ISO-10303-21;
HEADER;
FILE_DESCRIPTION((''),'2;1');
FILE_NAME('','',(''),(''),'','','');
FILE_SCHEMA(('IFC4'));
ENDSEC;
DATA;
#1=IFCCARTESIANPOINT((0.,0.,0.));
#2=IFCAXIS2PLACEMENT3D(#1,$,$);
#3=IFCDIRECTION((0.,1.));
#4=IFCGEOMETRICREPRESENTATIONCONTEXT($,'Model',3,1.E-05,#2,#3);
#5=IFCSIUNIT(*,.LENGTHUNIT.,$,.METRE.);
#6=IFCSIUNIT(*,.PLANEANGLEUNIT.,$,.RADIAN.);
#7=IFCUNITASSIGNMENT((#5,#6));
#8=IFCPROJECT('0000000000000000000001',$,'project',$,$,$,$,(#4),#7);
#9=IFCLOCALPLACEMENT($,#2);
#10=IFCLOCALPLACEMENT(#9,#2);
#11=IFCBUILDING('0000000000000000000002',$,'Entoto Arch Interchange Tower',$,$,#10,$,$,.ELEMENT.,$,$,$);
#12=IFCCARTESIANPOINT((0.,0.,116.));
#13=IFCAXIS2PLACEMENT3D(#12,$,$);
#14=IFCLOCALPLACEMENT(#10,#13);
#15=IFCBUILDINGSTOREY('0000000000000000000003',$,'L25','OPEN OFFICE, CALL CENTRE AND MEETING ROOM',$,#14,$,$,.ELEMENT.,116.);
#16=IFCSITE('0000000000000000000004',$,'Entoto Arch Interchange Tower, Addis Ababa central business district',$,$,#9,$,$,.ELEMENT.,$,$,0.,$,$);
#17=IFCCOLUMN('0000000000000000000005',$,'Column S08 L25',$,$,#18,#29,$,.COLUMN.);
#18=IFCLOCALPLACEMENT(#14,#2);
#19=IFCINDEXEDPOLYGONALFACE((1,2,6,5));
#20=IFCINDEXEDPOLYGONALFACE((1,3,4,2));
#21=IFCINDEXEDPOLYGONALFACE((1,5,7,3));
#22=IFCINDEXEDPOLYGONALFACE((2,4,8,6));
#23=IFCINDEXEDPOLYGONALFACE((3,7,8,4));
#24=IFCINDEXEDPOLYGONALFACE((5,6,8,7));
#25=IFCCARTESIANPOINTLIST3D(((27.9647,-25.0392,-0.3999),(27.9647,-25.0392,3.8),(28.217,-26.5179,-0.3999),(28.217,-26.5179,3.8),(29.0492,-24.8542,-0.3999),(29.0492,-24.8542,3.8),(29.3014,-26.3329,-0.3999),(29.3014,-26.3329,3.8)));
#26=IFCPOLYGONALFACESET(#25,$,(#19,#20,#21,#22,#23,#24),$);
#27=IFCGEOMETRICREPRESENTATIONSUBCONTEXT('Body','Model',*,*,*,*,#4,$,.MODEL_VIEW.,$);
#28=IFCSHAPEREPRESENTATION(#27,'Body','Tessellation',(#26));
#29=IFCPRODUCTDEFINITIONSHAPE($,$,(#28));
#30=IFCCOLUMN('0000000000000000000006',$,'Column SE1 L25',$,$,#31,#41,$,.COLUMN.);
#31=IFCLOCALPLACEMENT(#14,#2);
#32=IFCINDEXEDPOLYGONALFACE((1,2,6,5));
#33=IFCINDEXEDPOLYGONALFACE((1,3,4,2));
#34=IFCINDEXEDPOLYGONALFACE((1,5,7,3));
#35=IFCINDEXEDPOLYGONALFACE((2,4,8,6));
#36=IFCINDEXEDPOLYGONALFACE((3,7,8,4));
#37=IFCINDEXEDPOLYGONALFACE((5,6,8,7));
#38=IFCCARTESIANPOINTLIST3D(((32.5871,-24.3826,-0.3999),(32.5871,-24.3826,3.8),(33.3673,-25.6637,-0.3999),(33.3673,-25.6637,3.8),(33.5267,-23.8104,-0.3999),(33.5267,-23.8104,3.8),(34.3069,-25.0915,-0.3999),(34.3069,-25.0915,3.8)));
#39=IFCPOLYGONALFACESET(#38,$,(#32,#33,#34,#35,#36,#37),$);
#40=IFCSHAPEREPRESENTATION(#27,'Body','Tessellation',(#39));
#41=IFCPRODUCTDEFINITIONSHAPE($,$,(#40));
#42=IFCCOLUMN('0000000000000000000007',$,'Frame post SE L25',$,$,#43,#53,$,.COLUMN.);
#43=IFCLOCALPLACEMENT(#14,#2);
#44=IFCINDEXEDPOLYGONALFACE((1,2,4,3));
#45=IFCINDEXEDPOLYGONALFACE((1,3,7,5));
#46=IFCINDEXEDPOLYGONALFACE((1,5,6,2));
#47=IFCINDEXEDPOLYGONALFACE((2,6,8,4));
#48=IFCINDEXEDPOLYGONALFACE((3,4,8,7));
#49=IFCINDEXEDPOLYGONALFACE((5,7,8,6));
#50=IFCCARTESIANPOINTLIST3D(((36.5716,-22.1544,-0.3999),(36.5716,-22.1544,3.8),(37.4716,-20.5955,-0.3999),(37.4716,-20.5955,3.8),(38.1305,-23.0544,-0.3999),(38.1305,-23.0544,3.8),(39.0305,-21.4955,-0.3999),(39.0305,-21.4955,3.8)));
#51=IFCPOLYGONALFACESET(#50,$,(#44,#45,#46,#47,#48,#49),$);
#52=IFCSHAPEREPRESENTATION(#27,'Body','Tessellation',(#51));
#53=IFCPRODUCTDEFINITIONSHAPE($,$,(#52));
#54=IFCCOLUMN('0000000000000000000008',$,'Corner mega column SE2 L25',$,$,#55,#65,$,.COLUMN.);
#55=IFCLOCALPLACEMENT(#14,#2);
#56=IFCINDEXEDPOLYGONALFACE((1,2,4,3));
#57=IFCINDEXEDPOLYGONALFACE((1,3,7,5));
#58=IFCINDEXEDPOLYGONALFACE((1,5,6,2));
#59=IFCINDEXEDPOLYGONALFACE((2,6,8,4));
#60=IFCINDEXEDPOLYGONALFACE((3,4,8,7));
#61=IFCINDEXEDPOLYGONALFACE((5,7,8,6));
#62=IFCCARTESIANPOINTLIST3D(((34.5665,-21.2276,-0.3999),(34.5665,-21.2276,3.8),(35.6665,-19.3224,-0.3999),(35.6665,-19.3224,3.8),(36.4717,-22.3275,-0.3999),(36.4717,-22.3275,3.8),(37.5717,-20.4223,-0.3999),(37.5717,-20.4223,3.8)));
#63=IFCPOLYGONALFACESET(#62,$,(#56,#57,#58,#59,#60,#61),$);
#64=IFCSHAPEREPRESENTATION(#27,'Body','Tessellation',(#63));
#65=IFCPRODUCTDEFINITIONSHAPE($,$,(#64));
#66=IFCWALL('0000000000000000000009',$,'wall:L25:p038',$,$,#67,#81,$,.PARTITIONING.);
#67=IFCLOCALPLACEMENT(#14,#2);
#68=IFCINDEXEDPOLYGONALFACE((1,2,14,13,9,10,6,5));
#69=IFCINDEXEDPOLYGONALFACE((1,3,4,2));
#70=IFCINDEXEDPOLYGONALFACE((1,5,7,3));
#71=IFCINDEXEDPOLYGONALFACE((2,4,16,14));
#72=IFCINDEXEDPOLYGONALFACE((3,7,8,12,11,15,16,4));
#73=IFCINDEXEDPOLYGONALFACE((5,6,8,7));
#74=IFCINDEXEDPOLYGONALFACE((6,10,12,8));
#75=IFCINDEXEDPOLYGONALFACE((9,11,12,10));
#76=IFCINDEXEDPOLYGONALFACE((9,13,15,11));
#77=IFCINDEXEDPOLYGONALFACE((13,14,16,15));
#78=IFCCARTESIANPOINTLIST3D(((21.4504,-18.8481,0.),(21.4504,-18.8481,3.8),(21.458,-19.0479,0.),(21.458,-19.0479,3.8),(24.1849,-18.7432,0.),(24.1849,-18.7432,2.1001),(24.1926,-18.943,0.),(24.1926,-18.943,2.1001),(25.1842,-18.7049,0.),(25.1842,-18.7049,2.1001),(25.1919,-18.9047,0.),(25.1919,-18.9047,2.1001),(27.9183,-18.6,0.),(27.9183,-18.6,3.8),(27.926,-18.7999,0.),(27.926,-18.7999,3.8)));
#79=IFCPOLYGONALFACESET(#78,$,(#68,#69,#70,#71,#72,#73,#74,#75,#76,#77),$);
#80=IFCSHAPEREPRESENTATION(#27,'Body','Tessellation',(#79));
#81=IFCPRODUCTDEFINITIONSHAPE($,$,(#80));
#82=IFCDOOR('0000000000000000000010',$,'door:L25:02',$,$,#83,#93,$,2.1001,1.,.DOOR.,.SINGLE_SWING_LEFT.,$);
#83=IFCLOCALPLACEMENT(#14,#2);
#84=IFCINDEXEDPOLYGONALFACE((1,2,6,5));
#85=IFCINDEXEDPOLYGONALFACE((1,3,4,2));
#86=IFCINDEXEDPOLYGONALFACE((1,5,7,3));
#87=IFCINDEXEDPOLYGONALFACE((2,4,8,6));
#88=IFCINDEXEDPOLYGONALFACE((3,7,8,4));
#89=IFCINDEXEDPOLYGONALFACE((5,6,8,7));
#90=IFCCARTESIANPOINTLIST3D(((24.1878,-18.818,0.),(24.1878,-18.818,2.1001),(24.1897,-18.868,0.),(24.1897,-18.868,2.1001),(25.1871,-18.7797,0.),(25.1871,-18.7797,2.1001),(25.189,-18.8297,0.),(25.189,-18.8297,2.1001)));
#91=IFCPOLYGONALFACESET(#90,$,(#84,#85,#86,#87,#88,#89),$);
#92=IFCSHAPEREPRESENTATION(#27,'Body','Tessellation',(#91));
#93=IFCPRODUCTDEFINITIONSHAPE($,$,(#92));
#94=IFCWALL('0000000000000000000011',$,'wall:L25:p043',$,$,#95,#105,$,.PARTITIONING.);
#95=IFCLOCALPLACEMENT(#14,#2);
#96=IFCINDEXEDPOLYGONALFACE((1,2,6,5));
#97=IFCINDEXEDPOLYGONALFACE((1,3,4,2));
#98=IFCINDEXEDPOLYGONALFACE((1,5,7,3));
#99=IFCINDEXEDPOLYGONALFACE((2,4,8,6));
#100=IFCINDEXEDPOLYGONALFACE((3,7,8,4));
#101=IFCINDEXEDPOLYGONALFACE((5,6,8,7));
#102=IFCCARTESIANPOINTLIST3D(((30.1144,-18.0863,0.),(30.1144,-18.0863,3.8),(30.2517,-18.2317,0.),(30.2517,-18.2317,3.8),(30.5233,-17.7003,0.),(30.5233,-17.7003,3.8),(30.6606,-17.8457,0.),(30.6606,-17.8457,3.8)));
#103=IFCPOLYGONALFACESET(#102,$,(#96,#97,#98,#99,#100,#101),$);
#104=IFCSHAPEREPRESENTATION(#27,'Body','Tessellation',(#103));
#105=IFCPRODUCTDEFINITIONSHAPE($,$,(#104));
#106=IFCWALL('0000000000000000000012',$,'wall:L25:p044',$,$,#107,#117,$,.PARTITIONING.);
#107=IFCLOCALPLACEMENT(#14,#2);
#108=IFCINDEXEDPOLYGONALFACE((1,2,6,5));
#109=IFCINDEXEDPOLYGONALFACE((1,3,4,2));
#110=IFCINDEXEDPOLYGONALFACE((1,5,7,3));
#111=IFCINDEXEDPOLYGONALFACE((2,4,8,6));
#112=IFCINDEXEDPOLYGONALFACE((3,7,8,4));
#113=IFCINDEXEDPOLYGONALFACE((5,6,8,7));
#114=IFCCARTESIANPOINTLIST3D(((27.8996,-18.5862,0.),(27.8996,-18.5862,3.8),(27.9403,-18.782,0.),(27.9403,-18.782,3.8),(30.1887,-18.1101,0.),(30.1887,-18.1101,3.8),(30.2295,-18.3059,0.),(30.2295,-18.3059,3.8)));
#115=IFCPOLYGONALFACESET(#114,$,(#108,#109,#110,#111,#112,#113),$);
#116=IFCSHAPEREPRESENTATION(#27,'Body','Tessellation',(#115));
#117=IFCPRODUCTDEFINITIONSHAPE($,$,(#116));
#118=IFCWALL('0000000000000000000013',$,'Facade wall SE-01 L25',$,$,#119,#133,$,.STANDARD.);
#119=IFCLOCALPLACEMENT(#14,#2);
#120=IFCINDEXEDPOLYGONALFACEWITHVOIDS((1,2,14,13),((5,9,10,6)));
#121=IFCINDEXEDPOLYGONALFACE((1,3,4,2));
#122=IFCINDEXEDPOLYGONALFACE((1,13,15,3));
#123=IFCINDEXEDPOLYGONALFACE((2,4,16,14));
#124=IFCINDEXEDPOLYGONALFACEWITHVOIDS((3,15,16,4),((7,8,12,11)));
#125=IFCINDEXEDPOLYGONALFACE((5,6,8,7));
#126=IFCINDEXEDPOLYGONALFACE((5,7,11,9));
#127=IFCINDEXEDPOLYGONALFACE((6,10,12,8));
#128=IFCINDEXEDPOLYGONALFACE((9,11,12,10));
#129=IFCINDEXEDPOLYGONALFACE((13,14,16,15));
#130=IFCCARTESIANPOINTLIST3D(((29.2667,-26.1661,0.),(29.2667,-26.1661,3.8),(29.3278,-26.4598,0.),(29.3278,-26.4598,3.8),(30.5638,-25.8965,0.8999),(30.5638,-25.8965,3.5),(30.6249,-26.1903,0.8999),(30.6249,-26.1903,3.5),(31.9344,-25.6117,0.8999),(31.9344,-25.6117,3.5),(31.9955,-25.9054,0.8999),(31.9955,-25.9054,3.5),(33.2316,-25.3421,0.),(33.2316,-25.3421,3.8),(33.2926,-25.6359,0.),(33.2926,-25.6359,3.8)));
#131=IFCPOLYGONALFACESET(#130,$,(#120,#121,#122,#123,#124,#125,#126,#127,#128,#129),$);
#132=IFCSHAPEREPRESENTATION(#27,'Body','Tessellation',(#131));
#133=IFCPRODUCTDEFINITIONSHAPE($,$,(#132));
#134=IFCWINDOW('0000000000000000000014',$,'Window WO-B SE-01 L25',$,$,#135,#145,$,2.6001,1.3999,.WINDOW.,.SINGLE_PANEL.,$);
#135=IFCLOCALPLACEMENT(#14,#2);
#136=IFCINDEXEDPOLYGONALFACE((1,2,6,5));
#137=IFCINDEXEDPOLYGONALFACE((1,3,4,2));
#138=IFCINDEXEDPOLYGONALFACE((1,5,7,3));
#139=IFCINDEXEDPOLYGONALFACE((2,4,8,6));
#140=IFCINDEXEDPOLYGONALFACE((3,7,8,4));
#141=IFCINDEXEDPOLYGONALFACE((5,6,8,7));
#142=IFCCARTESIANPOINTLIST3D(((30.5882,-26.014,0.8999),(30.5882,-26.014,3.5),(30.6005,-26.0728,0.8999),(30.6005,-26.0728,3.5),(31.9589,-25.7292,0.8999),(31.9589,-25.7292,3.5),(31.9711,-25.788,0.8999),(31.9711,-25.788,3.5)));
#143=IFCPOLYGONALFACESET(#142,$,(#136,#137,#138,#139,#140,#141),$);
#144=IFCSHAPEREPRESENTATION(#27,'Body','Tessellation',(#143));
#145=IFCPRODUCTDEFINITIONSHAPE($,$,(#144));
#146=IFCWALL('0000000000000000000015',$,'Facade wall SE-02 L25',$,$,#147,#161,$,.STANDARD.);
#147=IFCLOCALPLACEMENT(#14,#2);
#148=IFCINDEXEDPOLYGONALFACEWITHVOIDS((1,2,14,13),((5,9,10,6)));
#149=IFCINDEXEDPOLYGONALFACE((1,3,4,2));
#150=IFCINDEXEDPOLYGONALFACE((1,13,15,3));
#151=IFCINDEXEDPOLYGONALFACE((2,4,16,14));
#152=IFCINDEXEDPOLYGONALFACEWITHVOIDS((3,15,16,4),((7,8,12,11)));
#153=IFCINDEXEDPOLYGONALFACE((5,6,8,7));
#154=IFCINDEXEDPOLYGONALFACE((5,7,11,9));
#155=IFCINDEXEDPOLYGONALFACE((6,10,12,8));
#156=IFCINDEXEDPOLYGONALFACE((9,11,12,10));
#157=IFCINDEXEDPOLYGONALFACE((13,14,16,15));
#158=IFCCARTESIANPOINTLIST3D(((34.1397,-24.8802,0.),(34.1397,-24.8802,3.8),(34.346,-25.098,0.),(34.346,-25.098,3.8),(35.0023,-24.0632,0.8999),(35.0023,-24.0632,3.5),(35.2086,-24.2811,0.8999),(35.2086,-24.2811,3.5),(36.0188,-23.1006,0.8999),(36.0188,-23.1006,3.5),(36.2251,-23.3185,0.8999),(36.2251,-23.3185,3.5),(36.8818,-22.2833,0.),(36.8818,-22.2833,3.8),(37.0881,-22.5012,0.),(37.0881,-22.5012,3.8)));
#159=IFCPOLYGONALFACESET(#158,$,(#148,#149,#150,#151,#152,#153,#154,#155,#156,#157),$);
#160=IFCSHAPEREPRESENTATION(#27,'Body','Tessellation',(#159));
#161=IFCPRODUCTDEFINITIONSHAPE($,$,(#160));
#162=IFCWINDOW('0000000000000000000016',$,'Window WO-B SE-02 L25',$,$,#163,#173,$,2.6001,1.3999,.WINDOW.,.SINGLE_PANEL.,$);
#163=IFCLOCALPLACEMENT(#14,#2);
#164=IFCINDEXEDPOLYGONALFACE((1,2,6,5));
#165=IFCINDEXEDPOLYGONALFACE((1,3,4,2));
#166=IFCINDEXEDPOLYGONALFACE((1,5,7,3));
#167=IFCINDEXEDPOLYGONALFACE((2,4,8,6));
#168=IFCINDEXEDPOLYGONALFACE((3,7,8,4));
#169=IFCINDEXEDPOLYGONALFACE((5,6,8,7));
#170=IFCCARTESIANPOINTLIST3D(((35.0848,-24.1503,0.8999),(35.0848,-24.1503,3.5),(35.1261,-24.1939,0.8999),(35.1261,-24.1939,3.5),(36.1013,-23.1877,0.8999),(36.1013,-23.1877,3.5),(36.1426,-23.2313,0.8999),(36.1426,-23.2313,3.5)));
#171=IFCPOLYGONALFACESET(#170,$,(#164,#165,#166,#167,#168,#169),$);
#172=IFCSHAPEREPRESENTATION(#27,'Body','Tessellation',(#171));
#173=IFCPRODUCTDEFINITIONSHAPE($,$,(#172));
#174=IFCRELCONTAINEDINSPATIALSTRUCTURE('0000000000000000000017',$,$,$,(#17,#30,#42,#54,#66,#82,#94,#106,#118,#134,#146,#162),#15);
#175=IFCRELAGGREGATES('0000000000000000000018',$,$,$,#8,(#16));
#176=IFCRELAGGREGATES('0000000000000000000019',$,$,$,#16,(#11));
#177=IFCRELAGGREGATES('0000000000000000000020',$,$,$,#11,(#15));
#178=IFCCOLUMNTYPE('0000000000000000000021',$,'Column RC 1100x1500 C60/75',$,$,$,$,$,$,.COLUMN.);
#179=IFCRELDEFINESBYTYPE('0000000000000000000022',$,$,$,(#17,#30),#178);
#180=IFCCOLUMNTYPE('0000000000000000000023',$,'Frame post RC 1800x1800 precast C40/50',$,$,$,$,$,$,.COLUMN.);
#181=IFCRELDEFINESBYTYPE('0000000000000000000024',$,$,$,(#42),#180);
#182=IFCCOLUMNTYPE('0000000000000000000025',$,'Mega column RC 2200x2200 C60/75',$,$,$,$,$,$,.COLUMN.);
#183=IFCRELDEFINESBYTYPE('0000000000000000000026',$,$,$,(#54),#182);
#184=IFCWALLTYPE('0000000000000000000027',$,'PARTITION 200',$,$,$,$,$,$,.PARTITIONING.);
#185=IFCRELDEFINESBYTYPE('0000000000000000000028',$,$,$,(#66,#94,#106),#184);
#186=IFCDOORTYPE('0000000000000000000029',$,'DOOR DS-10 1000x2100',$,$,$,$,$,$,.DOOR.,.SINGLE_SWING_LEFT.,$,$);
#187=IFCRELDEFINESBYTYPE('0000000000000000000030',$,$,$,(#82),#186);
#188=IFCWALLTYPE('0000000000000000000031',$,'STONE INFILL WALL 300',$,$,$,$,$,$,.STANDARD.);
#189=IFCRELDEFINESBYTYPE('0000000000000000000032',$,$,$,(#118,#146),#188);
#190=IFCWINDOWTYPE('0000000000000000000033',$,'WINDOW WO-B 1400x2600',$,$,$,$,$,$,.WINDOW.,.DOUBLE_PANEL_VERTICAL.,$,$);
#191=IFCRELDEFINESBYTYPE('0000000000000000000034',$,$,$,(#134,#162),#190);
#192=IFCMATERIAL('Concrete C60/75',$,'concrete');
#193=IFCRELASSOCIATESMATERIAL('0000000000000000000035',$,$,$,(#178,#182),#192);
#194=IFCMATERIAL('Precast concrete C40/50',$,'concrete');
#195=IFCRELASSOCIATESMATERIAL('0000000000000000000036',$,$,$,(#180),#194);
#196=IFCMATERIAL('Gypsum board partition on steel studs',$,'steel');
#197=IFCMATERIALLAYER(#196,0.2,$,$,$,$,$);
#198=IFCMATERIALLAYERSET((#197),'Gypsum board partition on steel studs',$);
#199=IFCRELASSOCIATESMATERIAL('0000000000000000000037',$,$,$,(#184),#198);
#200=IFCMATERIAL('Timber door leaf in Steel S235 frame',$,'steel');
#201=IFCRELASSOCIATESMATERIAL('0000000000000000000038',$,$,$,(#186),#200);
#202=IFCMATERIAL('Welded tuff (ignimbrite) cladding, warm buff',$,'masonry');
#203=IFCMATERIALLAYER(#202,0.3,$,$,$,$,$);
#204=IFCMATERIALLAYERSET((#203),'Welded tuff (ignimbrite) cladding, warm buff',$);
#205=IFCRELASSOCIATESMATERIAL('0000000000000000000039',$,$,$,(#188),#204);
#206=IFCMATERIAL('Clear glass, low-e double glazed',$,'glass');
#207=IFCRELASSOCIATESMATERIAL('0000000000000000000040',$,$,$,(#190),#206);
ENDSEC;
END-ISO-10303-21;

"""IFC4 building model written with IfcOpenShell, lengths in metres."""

from ifc_helpers import new_model, si_unit, direction, frame, frame_2d, origin, origin_2d, place, context, subcontext, project, spatial, rectangle, extrude, material, layer, layer_set, material_profile, profile_set, type_object, element, fill, save


model = new_model("IFC4")

# Units and contexts
model_context = context("Model", 3, precision=1e-05, world=origin(), true_north=direction((0.0, 1.0)))
body_context = subcontext(model_context, "Body", "Model", "MODEL_VIEW")
ifc_project = project(units=[si_unit("LENGTHUNIT", "METRE"), si_unit("PLANEANGLEUNIT", "RADIAN")], contexts=[model_context])

# Site, building, storey
site_placement = place(None, origin())
site = spatial("IfcSite", under=ifc_project, at=site_placement, Name="Entoto Arch Interchange Tower, Addis Ababa central business district", CompositionType="ELEMENT", RefElevation=0.0)
building_placement = place(site_placement, origin())
building = spatial("IfcBuilding", under=site, at=building_placement, Name="Entoto Arch Interchange Tower", CompositionType="ELEMENT")
storey_placement = place(building_placement, frame((0.0, 0.0, 116.0)))
storey = spatial("IfcBuildingStorey", under=building, at=storey_placement, Name="L25", Description="OPEN OFFICE, CALL CENTRE AND MEETING ROOM", CompositionType="ELEMENT", Elevation=116.0)

# Columns
ifc_material_1 = material(Name="Concrete C60/75", Category="concrete")
ifc_material_profile_1 = material_profile(ifc_material_1, rectangle(XDim=1.1001, YDim=1.5, at=origin_2d()))
ifc_profile_set_1 = profile_set([ifc_material_profile_1], Name="Concrete C60/75")
column_type_1 = type_object("IfcColumnType", Name="Column RC 1100x1500 C60/75", PredefinedType="COLUMN", material=ifc_profile_set_1)
for number, where, z_axis, x_axis, name in (
    (1, (28.6331, -25.686, -0.3999), (0.0, 0.0, 1.0), (0.985759, 0.168162, 0.0), "Column S08 L25"),
    (2, (33.447, -24.7371, -0.3999), (0.0, 0.0, 1.0), (0.854096, 0.520116, 0.0), "Column SE1 L25"),
):
    element("IfcColumn", number, at=place(storey_placement, frame(where, z_axis=z_axis, x_axis=x_axis)), inside=storey, type_object=column_type_1, Name=name, PredefinedType="COLUMN", context=body_context, shape_type="SweptSolid", body=[
        extrude(rectangle(XDim=1.1001, YDim=1.5, at=origin_2d()), origin(), (0.0, 0.0, 1.0), 4.2),
    ])
ifc_material_2 = material(Name="Precast concrete C40/50", Category="concrete")
ifc_material_profile_2 = material_profile(ifc_material_2, rectangle(XDim=1.8, YDim=1.8, at=origin_2d()))
ifc_profile_set_2 = profile_set([ifc_material_profile_2], Name="Precast concrete C40/50")
column_type_2 = type_object("IfcColumnType", Name="Frame post RC 1800x1800 precast C40/50", PredefinedType="COLUMN", material=ifc_profile_set_2)
column_1_placement = place(storey_placement, frame((37.801, -21.825, -0.3999), z_axis=(0.0, 0.0, 1.0), x_axis=(-0.866025, 0.5, 0.0)))
element("IfcColumn", 3, at=column_1_placement, inside=storey, type_object=column_type_2, Name="Frame post SE L25", PredefinedType="COLUMN", context=body_context, shape_type="SweptSolid", body=[
    extrude(rectangle(XDim=1.8, YDim=1.8, at=origin_2d()), origin(), (0.0, 0.0, 1.0), 4.2),
])
ifc_material_profile_3 = material_profile(ifc_material_1, rectangle(XDim=2.2, YDim=2.2, at=origin_2d()))
ifc_profile_set_3 = profile_set([ifc_material_profile_3], Name="Concrete C60/75")
column_type_3 = type_object("IfcColumnType", Name="Mega column RC 2200x2200 C60/75", PredefinedType="COLUMN", material=ifc_profile_set_3)
column_2_placement = place(storey_placement, frame((36.0691, -20.825, -0.3999), z_axis=(0.0, 0.0, 1.0), x_axis=(-0.866025, 0.5, 0.0)))
element("IfcColumn", 4, at=column_2_placement, inside=storey, type_object=column_type_3, Name="Corner mega column SE2 L25", PredefinedType="COLUMN", context=body_context, shape_type="SweptSolid", body=[
    extrude(rectangle(XDim=2.2, YDim=2.2, at=origin_2d()), origin(), (0.0, 0.0, 1.0), 4.2),
])

# Wall, opening, door
ifc_material_3 = material(Name="Gypsum board partition on steel studs", Category="steel")
ifc_layer_1 = layer(ifc_material_3, 0.2)
ifc_layer_set_1 = layer_set([ifc_layer_1], Name="Gypsum board partition on steel studs")
wall_type_1 = type_object("IfcWallType", Name="PARTITION 200", PredefinedType="PARTITIONING", material=ifc_layer_set_1)
wall_1_placement = place(storey_placement, frame((27.9221, -18.7, 0.0), z_axis=(0.0, 0.0, 1.0), x_axis=(-0.999265, -0.038322, 0.0)))
wall_1 = element("IfcWall", 5, at=wall_1_placement, inside=storey, type_object=wall_type_1, Name="wall:L25:p038", PredefinedType="PARTITIONING", context=body_context, shape_type="SweptSolid", body=[
    extrude(rectangle(XDim=6.4727, YDim=0.2, at=frame_2d((3.2363, 0.0))), origin(), (0.0, 0.0, 1.0), 3.8),
])
opening_1_placement = place(wall_1_placement, frame((2.7361, 0.0, 0.0)))
opening_1 = element("IfcOpeningElement", 6, at=opening_1_placement, cuts=wall_1, PredefinedType="OPENING", context=body_context, shape_type="SweptSolid", body=[
    extrude(rectangle(XDim=1.0, YDim=2.1001, at=frame_2d((0.5, 1.05))), frame((0.0, 0.1099, 0.0), z_axis=(0.0, -1.0, 0.0), x_axis=(1.0, 0.0, 0.0)), (0.0, 0.0, 1.0), 0.22),
])
ifc_material_4 = material(Name="Timber door leaf in Steel S235 frame", Category="steel")
door_type = type_object("IfcDoorType", Name="DOOR DS-10 1000x2100", OperationType="SINGLE_SWING_LEFT", PredefinedType="DOOR", material=ifc_material_4)
door_placement = place(opening_1_placement, origin())
door = element("IfcDoor", 7, at=door_placement, inside=storey, type_object=door_type, Name="door:L25:02", OperationType="SINGLE_SWING_LEFT", OverallHeight=2.1001, OverallWidth=1.0, PredefinedType="DOOR", context=body_context, shape_type="SweptSolid", body=[
    extrude(rectangle(XDim=1.0, YDim=2.1001, at=frame_2d((0.5, 1.05))), frame((0.0, 0.0249, 0.0), z_axis=(0.0, -1.0, 0.0), x_axis=(1.0, 0.0, 0.0)), (0.0, 0.0, 1.0), 0.05),
])
fill(opening_1, door)

# Walls
wall_2_placement = place(storey_placement, frame((30.592, -17.7729, 0.0), z_axis=(0.0, 0.0, 1.0), x_axis=(-0.727218, -0.686407, 0.0)))
element("IfcWall", 8, at=wall_2_placement, inside=storey, type_object=wall_type_1, Name="wall:L25:p043", PredefinedType="PARTITIONING", context=body_context, shape_type="SweptSolid", body=[
    extrude(rectangle(XDim=0.5623, YDim=0.2, at=frame_2d((0.2812, 0.0))), origin(), (0.0, 0.0, 1.0), 3.8),
])
wall_3_placement = place(storey_placement, frame((30.209, -18.208, 0.0), z_axis=(0.0, 0.0, 1.0), x_axis=(-0.97905, -0.203621, 0.0)))
element("IfcWall", 9, at=wall_3_placement, inside=storey, type_object=wall_type_1, Name="wall:L25:p044", PredefinedType="PARTITIONING", context=body_context, shape_type="SweptSolid", body=[
    extrude(rectangle(XDim=2.3381, YDim=0.2, at=frame_2d((1.1689, 0.0))), origin(), (0.0, 0.0, 1.0), 3.8),
])

# Walls, openings, windows
ifc_material_5 = material(Name="Welded tuff (ignimbrite) cladding, warm buff", Category="masonry")
ifc_layer_2 = layer(ifc_material_5, 0.3)
ifc_layer_set_2 = layer_set([ifc_layer_2], Name="Welded tuff (ignimbrite) cladding, warm buff")
wall_type_2 = type_object("IfcWallType", Name="STONE INFILL WALL 300", PredefinedType="STANDARD", material=ifc_layer_set_2)
wall_4_placement = place(storey_placement, frame((29.2971, -26.313, 0.0), z_axis=(0.0, 0.0, 1.0), x_axis=(0.979081, 0.203473, 0.0)))
wall_4 = element("IfcWall", 10, at=wall_4_placement, inside=storey, type_object=wall_type_2, Name="Facade wall SE-01 L25", PredefinedType="STANDARD", context=body_context, shape_type="SweptSolid", body=[
    extrude(rectangle(XDim=4.0496, YDim=0.3, at=frame_2d((2.0249, 0.0))), origin(), (0.0, 0.0, 1.0), 3.8),
])
opening_2_placement = place(wall_4_placement, frame((1.325, 0.0, 0.8999)))
opening_2 = element("IfcOpeningElement", 11, at=opening_2_placement, cuts=wall_4, PredefinedType="OPENING", context=body_context, shape_type="SweptSolid", body=[
    extrude(rectangle(XDim=1.3999, YDim=2.6001, at=frame_2d((0.7, 1.3))), frame((0.0, 0.1602, 0.0), z_axis=(0.0, -1.0, 0.0), x_axis=(1.0, 0.0, 0.0)), (0.0, 0.0, 1.0), 0.3201),
])
ifc_material_6 = material(Name="Clear glass, low-e double glazed", Category="glass")
window_type = type_object("IfcWindowType", Name="WINDOW WO-B 1400x2600", PartitioningType="DOUBLE_PANEL_VERTICAL", PredefinedType="WINDOW", material=ifc_material_6)
window_1_placement = place(opening_2_placement, origin())
window_1 = element("IfcWindow", 12, at=window_1_placement, inside=storey, type_object=window_type, Name="Window WO-B SE-01 L25", OverallHeight=2.6001, OverallWidth=1.3999, PartitioningType="SINGLE_PANEL", PredefinedType="WINDOW", context=body_context, shape_type="SweptSolid", body=[
    extrude(rectangle(XDim=1.3999, YDim=2.6001, at=frame_2d((0.7, 1.3))), frame((0.0, 0.03, 0.0), z_axis=(0.0, -1.0, 0.0), x_axis=(1.0, 0.0, 0.0)), (0.0, 0.0, 1.0), 0.0601),
])
fill(opening_2, window_1)
wall_5_placement = place(storey_placement, frame((34.2429, -24.989, 0.0), z_axis=(0.0, 0.0, 1.0), x_axis=(0.726077, 0.687614, 0.0)))
wall_5 = element("IfcWall", 13, at=wall_5_placement, inside=storey, type_object=wall_type_2, Name="Facade wall SE-02 L25", PredefinedType="STANDARD", context=body_context, shape_type="SweptSolid", body=[
    extrude(rectangle(XDim=3.7766, YDim=0.3, at=frame_2d((1.8882, 0.0))), origin(), (0.0, 0.0, 1.0), 3.8),
])
opening_3_placement = place(wall_5_placement, frame((1.188, 0.0, 0.8999)))
opening_3 = element("IfcOpeningElement", 14, at=opening_3_placement, cuts=wall_5, PredefinedType="OPENING", context=body_context, shape_type="SweptSolid", body=[
    extrude(rectangle(XDim=1.3999, YDim=2.6001, at=frame_2d((0.7, 1.3))), frame((0.0, 0.1602, 0.0), z_axis=(0.0, -1.0, 0.0), x_axis=(1.0, 0.0, 0.0)), (0.0, 0.0, 1.0), 0.3201),
])
window_2_placement = place(opening_3_placement, origin())
window_2 = element("IfcWindow", 15, at=window_2_placement, inside=storey, type_object=window_type, Name="Window WO-B SE-02 L25", OverallHeight=2.6001, OverallWidth=1.3999, PartitioningType="SINGLE_PANEL", PredefinedType="WINDOW", context=body_context, shape_type="SweptSolid", body=[
    extrude(rectangle(XDim=1.3999, YDim=2.6001, at=frame_2d((0.7, 1.3))), frame((0.0, 0.03, 0.0), z_axis=(0.0, -1.0, 0.0), x_axis=(1.0, 0.0, 0.0)), (0.0, 0.0, 1.0), 0.0601),
])
fill(opening_3, window_2)

save(model, "model.ifc")
